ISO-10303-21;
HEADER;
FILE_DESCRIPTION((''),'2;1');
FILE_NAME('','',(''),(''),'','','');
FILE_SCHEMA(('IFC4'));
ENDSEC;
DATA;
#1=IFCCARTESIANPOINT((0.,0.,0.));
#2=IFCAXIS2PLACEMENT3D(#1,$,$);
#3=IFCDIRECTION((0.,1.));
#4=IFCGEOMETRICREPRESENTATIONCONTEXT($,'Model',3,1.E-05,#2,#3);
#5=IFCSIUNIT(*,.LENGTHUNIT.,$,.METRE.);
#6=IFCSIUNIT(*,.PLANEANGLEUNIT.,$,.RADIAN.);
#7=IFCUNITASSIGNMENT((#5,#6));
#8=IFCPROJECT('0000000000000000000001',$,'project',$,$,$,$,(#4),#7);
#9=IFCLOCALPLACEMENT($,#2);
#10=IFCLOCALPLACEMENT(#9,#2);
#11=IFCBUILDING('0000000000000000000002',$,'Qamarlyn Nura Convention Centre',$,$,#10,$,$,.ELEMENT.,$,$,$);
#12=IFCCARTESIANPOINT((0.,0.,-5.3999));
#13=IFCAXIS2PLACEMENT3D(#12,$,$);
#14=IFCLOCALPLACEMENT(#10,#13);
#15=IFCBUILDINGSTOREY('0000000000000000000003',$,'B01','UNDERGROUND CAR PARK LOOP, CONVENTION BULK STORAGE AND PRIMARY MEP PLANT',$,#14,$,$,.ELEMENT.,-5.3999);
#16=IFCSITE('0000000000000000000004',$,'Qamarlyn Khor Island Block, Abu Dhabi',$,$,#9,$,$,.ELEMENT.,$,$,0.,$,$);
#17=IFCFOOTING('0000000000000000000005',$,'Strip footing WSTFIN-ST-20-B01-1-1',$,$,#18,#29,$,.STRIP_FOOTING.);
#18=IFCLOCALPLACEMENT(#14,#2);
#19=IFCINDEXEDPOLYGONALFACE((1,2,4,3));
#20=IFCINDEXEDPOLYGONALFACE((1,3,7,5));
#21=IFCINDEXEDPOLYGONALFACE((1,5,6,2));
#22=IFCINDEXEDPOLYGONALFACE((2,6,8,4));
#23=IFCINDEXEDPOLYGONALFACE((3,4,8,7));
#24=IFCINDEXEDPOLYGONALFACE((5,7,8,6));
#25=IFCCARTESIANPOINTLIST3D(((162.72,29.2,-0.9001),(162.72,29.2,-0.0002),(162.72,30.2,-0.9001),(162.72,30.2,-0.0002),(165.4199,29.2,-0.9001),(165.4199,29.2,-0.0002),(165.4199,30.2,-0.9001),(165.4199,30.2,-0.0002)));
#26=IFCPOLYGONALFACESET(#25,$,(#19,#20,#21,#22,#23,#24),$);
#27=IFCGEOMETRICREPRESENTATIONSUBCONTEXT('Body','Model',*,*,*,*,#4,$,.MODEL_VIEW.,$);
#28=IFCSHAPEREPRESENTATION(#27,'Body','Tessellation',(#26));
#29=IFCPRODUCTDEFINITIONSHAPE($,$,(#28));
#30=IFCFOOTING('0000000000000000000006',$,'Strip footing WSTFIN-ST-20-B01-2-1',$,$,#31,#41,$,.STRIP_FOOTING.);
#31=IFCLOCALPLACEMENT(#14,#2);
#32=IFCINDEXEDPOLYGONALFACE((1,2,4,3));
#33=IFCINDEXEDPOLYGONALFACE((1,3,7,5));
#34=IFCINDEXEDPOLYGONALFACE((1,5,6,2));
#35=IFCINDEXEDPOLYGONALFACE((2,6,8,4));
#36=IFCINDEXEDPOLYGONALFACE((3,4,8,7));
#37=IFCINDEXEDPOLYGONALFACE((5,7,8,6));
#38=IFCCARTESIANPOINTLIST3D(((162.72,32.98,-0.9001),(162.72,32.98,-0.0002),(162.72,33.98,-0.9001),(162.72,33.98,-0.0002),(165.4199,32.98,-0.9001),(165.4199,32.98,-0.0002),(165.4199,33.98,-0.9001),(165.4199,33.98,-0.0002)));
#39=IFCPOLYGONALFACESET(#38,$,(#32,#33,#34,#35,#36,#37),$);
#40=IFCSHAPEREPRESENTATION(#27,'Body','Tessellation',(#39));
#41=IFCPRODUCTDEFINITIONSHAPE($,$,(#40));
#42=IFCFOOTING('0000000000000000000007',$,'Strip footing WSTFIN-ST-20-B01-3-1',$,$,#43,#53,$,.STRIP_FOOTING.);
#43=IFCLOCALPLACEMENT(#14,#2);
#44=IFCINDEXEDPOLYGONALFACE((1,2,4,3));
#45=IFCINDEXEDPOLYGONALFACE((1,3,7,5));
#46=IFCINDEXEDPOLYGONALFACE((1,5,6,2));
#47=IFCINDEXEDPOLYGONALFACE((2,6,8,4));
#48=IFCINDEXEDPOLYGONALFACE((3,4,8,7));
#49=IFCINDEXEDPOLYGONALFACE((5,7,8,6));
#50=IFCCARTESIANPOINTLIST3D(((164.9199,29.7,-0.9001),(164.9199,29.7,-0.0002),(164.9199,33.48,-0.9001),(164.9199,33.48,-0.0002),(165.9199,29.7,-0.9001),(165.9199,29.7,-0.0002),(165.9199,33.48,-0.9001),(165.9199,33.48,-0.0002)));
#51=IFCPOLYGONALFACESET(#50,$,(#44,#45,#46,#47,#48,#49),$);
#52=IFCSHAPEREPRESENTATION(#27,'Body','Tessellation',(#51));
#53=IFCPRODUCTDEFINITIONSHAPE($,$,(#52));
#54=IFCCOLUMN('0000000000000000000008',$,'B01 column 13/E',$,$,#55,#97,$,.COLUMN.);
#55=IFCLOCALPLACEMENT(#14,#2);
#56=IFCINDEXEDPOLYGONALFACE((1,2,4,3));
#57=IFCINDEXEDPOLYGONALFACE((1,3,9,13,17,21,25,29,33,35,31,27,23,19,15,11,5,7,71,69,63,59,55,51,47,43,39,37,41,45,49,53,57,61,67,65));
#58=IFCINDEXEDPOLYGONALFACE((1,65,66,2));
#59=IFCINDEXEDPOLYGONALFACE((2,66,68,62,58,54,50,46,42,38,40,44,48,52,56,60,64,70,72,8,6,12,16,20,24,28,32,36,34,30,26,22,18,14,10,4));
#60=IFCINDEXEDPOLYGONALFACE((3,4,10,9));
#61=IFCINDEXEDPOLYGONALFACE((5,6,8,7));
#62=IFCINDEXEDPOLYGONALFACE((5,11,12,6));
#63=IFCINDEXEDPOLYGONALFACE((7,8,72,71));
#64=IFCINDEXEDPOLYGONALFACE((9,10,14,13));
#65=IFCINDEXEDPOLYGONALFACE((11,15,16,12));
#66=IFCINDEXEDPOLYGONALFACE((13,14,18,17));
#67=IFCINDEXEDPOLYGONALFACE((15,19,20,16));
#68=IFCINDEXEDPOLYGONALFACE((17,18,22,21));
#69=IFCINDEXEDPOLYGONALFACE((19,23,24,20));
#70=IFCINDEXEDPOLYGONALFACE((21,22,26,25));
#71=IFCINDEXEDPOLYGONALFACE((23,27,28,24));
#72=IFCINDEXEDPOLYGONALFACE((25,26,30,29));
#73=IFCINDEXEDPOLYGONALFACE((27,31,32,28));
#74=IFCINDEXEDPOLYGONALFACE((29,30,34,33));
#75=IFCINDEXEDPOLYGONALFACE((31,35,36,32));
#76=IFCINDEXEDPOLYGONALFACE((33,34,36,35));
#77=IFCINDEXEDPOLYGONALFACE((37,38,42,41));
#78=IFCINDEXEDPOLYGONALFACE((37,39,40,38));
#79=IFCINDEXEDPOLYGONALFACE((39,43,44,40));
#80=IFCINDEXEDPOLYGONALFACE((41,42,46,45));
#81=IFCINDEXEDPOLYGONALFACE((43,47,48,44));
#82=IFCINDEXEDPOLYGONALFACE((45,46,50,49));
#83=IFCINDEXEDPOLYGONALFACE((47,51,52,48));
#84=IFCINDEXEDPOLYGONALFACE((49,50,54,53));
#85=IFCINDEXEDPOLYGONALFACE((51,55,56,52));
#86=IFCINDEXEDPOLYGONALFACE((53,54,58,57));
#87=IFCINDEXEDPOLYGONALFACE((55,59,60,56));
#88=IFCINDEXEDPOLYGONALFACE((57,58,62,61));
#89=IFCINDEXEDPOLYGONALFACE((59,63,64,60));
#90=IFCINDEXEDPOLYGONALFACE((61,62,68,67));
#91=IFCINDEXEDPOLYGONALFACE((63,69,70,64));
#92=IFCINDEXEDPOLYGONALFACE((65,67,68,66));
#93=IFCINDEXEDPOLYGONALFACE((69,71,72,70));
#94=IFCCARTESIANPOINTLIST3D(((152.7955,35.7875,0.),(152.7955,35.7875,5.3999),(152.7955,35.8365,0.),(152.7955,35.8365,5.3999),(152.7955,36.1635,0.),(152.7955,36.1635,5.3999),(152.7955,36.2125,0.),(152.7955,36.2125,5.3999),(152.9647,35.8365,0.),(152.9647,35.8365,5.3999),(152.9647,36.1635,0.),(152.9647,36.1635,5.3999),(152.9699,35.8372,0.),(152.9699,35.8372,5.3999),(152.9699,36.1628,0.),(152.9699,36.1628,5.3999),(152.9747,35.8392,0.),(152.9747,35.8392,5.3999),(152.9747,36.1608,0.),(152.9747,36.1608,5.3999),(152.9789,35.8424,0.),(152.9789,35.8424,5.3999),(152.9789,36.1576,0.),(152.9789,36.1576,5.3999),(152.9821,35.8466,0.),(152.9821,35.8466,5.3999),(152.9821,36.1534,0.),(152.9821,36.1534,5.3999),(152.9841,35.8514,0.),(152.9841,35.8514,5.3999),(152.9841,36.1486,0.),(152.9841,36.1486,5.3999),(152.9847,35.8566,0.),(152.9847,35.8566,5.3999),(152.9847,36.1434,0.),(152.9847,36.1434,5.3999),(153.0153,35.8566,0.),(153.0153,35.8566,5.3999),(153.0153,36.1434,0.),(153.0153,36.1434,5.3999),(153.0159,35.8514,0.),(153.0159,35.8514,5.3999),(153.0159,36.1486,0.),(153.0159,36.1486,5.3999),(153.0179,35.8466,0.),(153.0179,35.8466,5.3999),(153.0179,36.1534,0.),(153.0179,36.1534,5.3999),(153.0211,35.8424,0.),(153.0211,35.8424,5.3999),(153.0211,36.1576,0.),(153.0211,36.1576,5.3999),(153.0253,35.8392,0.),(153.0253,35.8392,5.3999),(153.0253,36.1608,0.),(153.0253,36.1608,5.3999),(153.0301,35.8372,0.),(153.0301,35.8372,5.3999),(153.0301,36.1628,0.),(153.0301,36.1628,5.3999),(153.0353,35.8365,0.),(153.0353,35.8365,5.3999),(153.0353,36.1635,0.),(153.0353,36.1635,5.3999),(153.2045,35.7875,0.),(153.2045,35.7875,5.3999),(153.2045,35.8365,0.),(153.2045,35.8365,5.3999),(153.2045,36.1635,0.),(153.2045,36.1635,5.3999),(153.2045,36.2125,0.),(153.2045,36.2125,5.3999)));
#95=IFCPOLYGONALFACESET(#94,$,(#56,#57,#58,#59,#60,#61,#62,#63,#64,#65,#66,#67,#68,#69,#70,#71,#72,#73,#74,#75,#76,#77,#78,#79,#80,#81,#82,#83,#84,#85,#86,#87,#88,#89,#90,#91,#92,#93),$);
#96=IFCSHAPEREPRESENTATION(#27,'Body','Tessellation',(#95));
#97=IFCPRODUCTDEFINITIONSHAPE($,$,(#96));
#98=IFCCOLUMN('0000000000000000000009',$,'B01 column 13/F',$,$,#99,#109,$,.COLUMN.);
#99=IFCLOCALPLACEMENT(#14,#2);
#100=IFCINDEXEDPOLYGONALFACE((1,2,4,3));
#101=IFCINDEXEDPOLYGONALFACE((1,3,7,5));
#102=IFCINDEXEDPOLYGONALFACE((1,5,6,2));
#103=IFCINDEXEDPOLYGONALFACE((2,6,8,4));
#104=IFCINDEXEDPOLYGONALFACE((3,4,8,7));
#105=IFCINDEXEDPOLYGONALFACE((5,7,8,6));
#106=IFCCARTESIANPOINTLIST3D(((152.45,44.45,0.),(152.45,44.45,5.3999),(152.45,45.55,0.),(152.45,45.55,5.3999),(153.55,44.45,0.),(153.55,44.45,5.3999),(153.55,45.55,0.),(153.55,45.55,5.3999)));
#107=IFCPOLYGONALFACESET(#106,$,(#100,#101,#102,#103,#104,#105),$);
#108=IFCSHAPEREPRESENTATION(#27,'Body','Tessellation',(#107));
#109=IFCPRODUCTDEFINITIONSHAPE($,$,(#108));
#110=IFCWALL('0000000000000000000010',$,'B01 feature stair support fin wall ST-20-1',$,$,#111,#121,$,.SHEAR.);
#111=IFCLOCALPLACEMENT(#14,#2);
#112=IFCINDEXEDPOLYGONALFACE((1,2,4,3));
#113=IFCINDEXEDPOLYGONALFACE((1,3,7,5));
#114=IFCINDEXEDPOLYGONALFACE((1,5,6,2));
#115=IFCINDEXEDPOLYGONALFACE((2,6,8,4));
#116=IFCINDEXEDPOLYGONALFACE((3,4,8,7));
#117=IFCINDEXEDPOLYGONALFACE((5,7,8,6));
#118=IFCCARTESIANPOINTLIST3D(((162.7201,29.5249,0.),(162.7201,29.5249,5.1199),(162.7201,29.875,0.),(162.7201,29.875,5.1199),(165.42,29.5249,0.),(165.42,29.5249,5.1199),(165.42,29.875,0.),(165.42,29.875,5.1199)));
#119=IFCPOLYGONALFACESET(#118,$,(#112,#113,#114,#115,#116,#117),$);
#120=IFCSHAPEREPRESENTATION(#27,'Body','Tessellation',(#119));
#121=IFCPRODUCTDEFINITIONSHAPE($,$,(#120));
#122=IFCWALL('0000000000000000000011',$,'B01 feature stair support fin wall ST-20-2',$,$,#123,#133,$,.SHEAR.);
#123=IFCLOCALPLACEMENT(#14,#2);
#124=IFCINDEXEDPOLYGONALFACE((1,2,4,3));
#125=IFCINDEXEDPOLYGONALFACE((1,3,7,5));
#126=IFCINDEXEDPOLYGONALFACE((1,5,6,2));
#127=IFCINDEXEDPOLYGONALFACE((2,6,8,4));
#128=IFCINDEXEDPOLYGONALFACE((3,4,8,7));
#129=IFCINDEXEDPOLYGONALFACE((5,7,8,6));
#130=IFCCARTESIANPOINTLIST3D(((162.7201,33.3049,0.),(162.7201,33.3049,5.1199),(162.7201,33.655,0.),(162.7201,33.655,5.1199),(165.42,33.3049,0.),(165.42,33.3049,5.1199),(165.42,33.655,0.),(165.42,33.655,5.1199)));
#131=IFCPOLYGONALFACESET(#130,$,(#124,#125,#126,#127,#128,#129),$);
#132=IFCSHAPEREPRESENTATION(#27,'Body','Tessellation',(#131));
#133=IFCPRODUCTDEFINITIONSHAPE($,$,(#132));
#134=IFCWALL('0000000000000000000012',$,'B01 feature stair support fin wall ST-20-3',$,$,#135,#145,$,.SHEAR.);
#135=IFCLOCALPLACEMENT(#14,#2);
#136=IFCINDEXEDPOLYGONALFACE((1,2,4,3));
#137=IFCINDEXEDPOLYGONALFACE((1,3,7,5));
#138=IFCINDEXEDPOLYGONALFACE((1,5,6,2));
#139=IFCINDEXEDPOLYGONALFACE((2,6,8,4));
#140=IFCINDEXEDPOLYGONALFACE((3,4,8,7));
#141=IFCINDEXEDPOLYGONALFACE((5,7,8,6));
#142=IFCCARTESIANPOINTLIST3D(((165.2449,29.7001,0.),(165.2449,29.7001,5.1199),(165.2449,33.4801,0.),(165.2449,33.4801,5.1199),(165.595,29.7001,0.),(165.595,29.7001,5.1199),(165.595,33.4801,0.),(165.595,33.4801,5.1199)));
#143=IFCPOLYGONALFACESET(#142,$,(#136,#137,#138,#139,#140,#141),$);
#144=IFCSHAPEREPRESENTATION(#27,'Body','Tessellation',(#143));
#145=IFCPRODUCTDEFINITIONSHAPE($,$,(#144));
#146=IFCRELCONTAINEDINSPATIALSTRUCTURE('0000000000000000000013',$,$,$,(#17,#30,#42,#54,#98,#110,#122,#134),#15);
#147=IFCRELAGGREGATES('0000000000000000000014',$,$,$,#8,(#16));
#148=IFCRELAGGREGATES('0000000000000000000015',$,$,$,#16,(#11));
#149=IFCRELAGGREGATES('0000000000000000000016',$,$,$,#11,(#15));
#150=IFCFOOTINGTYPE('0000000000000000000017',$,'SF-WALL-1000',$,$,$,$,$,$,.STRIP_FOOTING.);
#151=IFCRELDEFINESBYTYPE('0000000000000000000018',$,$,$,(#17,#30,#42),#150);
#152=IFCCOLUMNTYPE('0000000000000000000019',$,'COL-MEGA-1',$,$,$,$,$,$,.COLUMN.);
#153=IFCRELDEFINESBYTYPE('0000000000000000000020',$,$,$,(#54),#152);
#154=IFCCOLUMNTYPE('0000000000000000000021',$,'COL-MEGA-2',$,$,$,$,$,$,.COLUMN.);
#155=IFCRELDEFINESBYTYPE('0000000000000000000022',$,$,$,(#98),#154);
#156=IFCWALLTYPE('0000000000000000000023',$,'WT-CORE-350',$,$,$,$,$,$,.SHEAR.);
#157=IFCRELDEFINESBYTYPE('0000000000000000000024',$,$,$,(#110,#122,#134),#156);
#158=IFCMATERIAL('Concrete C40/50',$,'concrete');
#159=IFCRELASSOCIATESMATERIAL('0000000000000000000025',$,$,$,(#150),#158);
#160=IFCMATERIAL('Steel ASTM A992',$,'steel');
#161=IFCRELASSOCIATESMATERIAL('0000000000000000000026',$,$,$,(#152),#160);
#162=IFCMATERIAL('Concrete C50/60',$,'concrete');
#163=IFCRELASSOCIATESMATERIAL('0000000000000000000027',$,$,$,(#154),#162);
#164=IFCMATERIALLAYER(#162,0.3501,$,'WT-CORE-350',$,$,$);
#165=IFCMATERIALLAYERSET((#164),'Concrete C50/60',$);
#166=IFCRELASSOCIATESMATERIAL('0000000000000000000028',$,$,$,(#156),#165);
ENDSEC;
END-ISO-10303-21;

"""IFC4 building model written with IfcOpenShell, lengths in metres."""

from ifc_helpers import new_model, si_unit, direction, frame, frame_2d, origin, origin_2d, place, context, subcontext, project, spatial, rectangle, i_section, extrude, material, layer, layer_set, material_profile, profile_set, type_object, element, save


model = new_model("IFC4")

# Units and contexts
model_context = context("Model", 3, precision=1e-05, world=origin(), true_north=direction((0.0, 1.0)))
body_context = subcontext(model_context, "Body", "Model", "MODEL_VIEW")
ifc_project = project(units=[si_unit("LENGTHUNIT", "METRE"), si_unit("PLANEANGLEUNIT", "RADIAN")], contexts=[model_context])

# Site, building, storey
site_placement = place(None, origin())
site = spatial("IfcSite", under=ifc_project, at=site_placement, Name="Qamarlyn Khor Island Block, Abu Dhabi", CompositionType="ELEMENT", RefElevation=0.0)
building_placement = place(site_placement, origin())
building = spatial("IfcBuilding", under=site, at=building_placement, Name="Qamarlyn Nura Convention Centre", CompositionType="ELEMENT")
storey_placement = place(building_placement, frame((0.0, 0.0, -5.3999)))
storey = spatial("IfcBuildingStorey", under=building, at=storey_placement, Name="B01", Description="UNDERGROUND CAR PARK LOOP, CONVENTION BULK STORAGE AND PRIMARY MEP PLANT", CompositionType="ELEMENT", Elevation=-5.3999)

# Shared definitions
ifc_material_1 = material(Name="Concrete C40/50", Category="concrete")

# Footings
ifc_material_profile_1 = material_profile(ifc_material_1, rectangle(XDim=1.0, YDim=0.8999, at=origin_2d()), Name="RC STRIP 1000x900")
ifc_profile_set_1 = profile_set([ifc_material_profile_1], Name="Concrete C40/50")
footing_type_1 = type_object("IfcFootingType", Name="SF-WALL-1000", PredefinedType="STRIP_FOOTING", material=ifc_profile_set_1)
for number, where, z_axis, x_axis, name in (
    (1, (162.72, 29.7, -0.4502), (1.0, 0.0, 0.0), (0.0, 1.0, 0.0), "Strip footing WSTFIN-ST-20-B01-1-1"),
    (2, (162.72, 33.48, -0.4502), (1.0, 0.0, 0.0), (0.0, 1.0, 0.0), "Strip footing WSTFIN-ST-20-B01-2-1"),
):
    element("IfcFooting", number, at=place(storey_placement, frame(where, z_axis=z_axis, x_axis=x_axis)), inside=storey, type_object=footing_type_1, Name=name, PredefinedType="STRIP_FOOTING", context=body_context, shape_type="SweptSolid", body=[
        extrude(rectangle(XDim=1.0, YDim=0.8999, at=origin_2d()), origin(), (0.0, 0.0, 1.0), 2.7),
    ])
footing_1_placement = place(storey_placement, frame((165.4199, 29.7, -0.4502), z_axis=(0.0, 1.0, 0.0), x_axis=(-1.0, 0.0, 0.0)))
element("IfcFooting", 3, at=footing_1_placement, inside=storey, type_object=footing_type_1, Name="Strip footing WSTFIN-ST-20-B01-3-1", PredefinedType="STRIP_FOOTING", context=body_context, shape_type="SweptSolid", body=[
    extrude(rectangle(XDim=1.0, YDim=0.8999, at=origin_2d()), origin(), (0.0, 0.0, 1.0), 3.78),
])

# Columns
ifc_material_2 = material(Name="Steel ASTM A992", Category="steel")
ifc_material_profile_2 = material_profile(ifc_material_2, i_section(OverallWidth=0.4089, OverallDepth=0.425, WebThickness=0.0305, FlangeThickness=0.0491, FilletRadius=0.02, at=origin_2d()), Name="W360X421")
ifc_profile_set_2 = profile_set([ifc_material_profile_2], Name="Steel ASTM A992")
column_type_1 = type_object("IfcColumnType", Name="COL-MEGA-1", PredefinedType="COLUMN", material=ifc_profile_set_2)
column_1_placement = place(storey_placement, frame((153.0, 36.0, 0.0), z_axis=(0.0, 0.0, 1.0), x_axis=(1.0, 0.0, 0.0)))
element("IfcColumn", 4, at=column_1_placement, inside=storey, type_object=column_type_1, Name="B01 column 13/E", PredefinedType="COLUMN", context=body_context, shape_type="SweptSolid", body=[
    extrude(i_section(OverallWidth=0.4089, OverallDepth=0.425, WebThickness=0.0305, FlangeThickness=0.0491, FilletRadius=0.02, at=origin_2d()), origin(), (0.0, 0.0, 1.0), 5.3999),
])
ifc_material_3 = material(Name="Concrete C50/60", Category="concrete")
ifc_material_profile_3 = material_profile(ifc_material_3, rectangle(XDim=1.1001, YDim=1.1001, at=origin_2d()), Name="RC 1100x1100")
ifc_profile_set_3 = profile_set([ifc_material_profile_3], Name="Concrete C50/60")
column_type_2 = type_object("IfcColumnType", Name="COL-MEGA-2", PredefinedType="COLUMN", material=ifc_profile_set_3)
column_2_placement = place(storey_placement, frame((153.0, 45.0, 0.0), z_axis=(0.0, 0.0, 1.0), x_axis=(1.0, 0.0, 0.0)))
element("IfcColumn", 5, at=column_2_placement, inside=storey, type_object=column_type_2, Name="B01 column 13/F", PredefinedType="COLUMN", context=body_context, shape_type="SweptSolid", body=[
    extrude(rectangle(XDim=1.1001, YDim=1.1001, at=origin_2d()), origin(), (0.0, 0.0, 1.0), 5.3999),
])

# Walls
ifc_layer = layer(ifc_material_3, 0.3501, Name="WT-CORE-350")
ifc_layer_set = layer_set([ifc_layer], Name="Concrete C50/60")
wall_type = type_object("IfcWallType", Name="WT-CORE-350", PredefinedType="SHEAR", material=ifc_layer_set)
for number, where, z_axis, x_axis, name in (
    (6, (162.72, 29.7, 0.0), (0.0, 0.0, 1.0), (1.0, 0.0, 0.0), "B01 feature stair support fin wall ST-20-1"),
    (7, (162.72, 33.48, 0.0), (0.0, 0.0, 1.0), (1.0, 0.0, 0.0), "B01 feature stair support fin wall ST-20-2"),
):
    element("IfcWall", number, at=place(storey_placement, frame(where, z_axis=z_axis, x_axis=x_axis)), inside=storey, type_object=wall_type, Name=name, PredefinedType="SHEAR", context=body_context, shape_type="SweptSolid", body=[
        extrude(rectangle(XDim=2.7, YDim=0.3501, at=frame_2d((1.3501, 0.0))), origin(), (0.0, 0.0, 1.0), 5.1199),
    ])
wall_placement = place(storey_placement, frame((165.4199, 29.7, 0.0), z_axis=(0.0, 0.0, 1.0), x_axis=(0.0, 1.0, 0.0)))
element("IfcWall", 8, at=wall_placement, inside=storey, type_object=wall_type, Name="B01 feature stair support fin wall ST-20-3", PredefinedType="SHEAR", context=body_context, shape_type="SweptSolid", body=[
    extrude(rectangle(XDim=3.78, YDim=0.3501, at=frame_2d((1.8901, 0.0))), origin(), (0.0, 0.0, 1.0), 5.1199),
])

save(model, "model.ifc")
